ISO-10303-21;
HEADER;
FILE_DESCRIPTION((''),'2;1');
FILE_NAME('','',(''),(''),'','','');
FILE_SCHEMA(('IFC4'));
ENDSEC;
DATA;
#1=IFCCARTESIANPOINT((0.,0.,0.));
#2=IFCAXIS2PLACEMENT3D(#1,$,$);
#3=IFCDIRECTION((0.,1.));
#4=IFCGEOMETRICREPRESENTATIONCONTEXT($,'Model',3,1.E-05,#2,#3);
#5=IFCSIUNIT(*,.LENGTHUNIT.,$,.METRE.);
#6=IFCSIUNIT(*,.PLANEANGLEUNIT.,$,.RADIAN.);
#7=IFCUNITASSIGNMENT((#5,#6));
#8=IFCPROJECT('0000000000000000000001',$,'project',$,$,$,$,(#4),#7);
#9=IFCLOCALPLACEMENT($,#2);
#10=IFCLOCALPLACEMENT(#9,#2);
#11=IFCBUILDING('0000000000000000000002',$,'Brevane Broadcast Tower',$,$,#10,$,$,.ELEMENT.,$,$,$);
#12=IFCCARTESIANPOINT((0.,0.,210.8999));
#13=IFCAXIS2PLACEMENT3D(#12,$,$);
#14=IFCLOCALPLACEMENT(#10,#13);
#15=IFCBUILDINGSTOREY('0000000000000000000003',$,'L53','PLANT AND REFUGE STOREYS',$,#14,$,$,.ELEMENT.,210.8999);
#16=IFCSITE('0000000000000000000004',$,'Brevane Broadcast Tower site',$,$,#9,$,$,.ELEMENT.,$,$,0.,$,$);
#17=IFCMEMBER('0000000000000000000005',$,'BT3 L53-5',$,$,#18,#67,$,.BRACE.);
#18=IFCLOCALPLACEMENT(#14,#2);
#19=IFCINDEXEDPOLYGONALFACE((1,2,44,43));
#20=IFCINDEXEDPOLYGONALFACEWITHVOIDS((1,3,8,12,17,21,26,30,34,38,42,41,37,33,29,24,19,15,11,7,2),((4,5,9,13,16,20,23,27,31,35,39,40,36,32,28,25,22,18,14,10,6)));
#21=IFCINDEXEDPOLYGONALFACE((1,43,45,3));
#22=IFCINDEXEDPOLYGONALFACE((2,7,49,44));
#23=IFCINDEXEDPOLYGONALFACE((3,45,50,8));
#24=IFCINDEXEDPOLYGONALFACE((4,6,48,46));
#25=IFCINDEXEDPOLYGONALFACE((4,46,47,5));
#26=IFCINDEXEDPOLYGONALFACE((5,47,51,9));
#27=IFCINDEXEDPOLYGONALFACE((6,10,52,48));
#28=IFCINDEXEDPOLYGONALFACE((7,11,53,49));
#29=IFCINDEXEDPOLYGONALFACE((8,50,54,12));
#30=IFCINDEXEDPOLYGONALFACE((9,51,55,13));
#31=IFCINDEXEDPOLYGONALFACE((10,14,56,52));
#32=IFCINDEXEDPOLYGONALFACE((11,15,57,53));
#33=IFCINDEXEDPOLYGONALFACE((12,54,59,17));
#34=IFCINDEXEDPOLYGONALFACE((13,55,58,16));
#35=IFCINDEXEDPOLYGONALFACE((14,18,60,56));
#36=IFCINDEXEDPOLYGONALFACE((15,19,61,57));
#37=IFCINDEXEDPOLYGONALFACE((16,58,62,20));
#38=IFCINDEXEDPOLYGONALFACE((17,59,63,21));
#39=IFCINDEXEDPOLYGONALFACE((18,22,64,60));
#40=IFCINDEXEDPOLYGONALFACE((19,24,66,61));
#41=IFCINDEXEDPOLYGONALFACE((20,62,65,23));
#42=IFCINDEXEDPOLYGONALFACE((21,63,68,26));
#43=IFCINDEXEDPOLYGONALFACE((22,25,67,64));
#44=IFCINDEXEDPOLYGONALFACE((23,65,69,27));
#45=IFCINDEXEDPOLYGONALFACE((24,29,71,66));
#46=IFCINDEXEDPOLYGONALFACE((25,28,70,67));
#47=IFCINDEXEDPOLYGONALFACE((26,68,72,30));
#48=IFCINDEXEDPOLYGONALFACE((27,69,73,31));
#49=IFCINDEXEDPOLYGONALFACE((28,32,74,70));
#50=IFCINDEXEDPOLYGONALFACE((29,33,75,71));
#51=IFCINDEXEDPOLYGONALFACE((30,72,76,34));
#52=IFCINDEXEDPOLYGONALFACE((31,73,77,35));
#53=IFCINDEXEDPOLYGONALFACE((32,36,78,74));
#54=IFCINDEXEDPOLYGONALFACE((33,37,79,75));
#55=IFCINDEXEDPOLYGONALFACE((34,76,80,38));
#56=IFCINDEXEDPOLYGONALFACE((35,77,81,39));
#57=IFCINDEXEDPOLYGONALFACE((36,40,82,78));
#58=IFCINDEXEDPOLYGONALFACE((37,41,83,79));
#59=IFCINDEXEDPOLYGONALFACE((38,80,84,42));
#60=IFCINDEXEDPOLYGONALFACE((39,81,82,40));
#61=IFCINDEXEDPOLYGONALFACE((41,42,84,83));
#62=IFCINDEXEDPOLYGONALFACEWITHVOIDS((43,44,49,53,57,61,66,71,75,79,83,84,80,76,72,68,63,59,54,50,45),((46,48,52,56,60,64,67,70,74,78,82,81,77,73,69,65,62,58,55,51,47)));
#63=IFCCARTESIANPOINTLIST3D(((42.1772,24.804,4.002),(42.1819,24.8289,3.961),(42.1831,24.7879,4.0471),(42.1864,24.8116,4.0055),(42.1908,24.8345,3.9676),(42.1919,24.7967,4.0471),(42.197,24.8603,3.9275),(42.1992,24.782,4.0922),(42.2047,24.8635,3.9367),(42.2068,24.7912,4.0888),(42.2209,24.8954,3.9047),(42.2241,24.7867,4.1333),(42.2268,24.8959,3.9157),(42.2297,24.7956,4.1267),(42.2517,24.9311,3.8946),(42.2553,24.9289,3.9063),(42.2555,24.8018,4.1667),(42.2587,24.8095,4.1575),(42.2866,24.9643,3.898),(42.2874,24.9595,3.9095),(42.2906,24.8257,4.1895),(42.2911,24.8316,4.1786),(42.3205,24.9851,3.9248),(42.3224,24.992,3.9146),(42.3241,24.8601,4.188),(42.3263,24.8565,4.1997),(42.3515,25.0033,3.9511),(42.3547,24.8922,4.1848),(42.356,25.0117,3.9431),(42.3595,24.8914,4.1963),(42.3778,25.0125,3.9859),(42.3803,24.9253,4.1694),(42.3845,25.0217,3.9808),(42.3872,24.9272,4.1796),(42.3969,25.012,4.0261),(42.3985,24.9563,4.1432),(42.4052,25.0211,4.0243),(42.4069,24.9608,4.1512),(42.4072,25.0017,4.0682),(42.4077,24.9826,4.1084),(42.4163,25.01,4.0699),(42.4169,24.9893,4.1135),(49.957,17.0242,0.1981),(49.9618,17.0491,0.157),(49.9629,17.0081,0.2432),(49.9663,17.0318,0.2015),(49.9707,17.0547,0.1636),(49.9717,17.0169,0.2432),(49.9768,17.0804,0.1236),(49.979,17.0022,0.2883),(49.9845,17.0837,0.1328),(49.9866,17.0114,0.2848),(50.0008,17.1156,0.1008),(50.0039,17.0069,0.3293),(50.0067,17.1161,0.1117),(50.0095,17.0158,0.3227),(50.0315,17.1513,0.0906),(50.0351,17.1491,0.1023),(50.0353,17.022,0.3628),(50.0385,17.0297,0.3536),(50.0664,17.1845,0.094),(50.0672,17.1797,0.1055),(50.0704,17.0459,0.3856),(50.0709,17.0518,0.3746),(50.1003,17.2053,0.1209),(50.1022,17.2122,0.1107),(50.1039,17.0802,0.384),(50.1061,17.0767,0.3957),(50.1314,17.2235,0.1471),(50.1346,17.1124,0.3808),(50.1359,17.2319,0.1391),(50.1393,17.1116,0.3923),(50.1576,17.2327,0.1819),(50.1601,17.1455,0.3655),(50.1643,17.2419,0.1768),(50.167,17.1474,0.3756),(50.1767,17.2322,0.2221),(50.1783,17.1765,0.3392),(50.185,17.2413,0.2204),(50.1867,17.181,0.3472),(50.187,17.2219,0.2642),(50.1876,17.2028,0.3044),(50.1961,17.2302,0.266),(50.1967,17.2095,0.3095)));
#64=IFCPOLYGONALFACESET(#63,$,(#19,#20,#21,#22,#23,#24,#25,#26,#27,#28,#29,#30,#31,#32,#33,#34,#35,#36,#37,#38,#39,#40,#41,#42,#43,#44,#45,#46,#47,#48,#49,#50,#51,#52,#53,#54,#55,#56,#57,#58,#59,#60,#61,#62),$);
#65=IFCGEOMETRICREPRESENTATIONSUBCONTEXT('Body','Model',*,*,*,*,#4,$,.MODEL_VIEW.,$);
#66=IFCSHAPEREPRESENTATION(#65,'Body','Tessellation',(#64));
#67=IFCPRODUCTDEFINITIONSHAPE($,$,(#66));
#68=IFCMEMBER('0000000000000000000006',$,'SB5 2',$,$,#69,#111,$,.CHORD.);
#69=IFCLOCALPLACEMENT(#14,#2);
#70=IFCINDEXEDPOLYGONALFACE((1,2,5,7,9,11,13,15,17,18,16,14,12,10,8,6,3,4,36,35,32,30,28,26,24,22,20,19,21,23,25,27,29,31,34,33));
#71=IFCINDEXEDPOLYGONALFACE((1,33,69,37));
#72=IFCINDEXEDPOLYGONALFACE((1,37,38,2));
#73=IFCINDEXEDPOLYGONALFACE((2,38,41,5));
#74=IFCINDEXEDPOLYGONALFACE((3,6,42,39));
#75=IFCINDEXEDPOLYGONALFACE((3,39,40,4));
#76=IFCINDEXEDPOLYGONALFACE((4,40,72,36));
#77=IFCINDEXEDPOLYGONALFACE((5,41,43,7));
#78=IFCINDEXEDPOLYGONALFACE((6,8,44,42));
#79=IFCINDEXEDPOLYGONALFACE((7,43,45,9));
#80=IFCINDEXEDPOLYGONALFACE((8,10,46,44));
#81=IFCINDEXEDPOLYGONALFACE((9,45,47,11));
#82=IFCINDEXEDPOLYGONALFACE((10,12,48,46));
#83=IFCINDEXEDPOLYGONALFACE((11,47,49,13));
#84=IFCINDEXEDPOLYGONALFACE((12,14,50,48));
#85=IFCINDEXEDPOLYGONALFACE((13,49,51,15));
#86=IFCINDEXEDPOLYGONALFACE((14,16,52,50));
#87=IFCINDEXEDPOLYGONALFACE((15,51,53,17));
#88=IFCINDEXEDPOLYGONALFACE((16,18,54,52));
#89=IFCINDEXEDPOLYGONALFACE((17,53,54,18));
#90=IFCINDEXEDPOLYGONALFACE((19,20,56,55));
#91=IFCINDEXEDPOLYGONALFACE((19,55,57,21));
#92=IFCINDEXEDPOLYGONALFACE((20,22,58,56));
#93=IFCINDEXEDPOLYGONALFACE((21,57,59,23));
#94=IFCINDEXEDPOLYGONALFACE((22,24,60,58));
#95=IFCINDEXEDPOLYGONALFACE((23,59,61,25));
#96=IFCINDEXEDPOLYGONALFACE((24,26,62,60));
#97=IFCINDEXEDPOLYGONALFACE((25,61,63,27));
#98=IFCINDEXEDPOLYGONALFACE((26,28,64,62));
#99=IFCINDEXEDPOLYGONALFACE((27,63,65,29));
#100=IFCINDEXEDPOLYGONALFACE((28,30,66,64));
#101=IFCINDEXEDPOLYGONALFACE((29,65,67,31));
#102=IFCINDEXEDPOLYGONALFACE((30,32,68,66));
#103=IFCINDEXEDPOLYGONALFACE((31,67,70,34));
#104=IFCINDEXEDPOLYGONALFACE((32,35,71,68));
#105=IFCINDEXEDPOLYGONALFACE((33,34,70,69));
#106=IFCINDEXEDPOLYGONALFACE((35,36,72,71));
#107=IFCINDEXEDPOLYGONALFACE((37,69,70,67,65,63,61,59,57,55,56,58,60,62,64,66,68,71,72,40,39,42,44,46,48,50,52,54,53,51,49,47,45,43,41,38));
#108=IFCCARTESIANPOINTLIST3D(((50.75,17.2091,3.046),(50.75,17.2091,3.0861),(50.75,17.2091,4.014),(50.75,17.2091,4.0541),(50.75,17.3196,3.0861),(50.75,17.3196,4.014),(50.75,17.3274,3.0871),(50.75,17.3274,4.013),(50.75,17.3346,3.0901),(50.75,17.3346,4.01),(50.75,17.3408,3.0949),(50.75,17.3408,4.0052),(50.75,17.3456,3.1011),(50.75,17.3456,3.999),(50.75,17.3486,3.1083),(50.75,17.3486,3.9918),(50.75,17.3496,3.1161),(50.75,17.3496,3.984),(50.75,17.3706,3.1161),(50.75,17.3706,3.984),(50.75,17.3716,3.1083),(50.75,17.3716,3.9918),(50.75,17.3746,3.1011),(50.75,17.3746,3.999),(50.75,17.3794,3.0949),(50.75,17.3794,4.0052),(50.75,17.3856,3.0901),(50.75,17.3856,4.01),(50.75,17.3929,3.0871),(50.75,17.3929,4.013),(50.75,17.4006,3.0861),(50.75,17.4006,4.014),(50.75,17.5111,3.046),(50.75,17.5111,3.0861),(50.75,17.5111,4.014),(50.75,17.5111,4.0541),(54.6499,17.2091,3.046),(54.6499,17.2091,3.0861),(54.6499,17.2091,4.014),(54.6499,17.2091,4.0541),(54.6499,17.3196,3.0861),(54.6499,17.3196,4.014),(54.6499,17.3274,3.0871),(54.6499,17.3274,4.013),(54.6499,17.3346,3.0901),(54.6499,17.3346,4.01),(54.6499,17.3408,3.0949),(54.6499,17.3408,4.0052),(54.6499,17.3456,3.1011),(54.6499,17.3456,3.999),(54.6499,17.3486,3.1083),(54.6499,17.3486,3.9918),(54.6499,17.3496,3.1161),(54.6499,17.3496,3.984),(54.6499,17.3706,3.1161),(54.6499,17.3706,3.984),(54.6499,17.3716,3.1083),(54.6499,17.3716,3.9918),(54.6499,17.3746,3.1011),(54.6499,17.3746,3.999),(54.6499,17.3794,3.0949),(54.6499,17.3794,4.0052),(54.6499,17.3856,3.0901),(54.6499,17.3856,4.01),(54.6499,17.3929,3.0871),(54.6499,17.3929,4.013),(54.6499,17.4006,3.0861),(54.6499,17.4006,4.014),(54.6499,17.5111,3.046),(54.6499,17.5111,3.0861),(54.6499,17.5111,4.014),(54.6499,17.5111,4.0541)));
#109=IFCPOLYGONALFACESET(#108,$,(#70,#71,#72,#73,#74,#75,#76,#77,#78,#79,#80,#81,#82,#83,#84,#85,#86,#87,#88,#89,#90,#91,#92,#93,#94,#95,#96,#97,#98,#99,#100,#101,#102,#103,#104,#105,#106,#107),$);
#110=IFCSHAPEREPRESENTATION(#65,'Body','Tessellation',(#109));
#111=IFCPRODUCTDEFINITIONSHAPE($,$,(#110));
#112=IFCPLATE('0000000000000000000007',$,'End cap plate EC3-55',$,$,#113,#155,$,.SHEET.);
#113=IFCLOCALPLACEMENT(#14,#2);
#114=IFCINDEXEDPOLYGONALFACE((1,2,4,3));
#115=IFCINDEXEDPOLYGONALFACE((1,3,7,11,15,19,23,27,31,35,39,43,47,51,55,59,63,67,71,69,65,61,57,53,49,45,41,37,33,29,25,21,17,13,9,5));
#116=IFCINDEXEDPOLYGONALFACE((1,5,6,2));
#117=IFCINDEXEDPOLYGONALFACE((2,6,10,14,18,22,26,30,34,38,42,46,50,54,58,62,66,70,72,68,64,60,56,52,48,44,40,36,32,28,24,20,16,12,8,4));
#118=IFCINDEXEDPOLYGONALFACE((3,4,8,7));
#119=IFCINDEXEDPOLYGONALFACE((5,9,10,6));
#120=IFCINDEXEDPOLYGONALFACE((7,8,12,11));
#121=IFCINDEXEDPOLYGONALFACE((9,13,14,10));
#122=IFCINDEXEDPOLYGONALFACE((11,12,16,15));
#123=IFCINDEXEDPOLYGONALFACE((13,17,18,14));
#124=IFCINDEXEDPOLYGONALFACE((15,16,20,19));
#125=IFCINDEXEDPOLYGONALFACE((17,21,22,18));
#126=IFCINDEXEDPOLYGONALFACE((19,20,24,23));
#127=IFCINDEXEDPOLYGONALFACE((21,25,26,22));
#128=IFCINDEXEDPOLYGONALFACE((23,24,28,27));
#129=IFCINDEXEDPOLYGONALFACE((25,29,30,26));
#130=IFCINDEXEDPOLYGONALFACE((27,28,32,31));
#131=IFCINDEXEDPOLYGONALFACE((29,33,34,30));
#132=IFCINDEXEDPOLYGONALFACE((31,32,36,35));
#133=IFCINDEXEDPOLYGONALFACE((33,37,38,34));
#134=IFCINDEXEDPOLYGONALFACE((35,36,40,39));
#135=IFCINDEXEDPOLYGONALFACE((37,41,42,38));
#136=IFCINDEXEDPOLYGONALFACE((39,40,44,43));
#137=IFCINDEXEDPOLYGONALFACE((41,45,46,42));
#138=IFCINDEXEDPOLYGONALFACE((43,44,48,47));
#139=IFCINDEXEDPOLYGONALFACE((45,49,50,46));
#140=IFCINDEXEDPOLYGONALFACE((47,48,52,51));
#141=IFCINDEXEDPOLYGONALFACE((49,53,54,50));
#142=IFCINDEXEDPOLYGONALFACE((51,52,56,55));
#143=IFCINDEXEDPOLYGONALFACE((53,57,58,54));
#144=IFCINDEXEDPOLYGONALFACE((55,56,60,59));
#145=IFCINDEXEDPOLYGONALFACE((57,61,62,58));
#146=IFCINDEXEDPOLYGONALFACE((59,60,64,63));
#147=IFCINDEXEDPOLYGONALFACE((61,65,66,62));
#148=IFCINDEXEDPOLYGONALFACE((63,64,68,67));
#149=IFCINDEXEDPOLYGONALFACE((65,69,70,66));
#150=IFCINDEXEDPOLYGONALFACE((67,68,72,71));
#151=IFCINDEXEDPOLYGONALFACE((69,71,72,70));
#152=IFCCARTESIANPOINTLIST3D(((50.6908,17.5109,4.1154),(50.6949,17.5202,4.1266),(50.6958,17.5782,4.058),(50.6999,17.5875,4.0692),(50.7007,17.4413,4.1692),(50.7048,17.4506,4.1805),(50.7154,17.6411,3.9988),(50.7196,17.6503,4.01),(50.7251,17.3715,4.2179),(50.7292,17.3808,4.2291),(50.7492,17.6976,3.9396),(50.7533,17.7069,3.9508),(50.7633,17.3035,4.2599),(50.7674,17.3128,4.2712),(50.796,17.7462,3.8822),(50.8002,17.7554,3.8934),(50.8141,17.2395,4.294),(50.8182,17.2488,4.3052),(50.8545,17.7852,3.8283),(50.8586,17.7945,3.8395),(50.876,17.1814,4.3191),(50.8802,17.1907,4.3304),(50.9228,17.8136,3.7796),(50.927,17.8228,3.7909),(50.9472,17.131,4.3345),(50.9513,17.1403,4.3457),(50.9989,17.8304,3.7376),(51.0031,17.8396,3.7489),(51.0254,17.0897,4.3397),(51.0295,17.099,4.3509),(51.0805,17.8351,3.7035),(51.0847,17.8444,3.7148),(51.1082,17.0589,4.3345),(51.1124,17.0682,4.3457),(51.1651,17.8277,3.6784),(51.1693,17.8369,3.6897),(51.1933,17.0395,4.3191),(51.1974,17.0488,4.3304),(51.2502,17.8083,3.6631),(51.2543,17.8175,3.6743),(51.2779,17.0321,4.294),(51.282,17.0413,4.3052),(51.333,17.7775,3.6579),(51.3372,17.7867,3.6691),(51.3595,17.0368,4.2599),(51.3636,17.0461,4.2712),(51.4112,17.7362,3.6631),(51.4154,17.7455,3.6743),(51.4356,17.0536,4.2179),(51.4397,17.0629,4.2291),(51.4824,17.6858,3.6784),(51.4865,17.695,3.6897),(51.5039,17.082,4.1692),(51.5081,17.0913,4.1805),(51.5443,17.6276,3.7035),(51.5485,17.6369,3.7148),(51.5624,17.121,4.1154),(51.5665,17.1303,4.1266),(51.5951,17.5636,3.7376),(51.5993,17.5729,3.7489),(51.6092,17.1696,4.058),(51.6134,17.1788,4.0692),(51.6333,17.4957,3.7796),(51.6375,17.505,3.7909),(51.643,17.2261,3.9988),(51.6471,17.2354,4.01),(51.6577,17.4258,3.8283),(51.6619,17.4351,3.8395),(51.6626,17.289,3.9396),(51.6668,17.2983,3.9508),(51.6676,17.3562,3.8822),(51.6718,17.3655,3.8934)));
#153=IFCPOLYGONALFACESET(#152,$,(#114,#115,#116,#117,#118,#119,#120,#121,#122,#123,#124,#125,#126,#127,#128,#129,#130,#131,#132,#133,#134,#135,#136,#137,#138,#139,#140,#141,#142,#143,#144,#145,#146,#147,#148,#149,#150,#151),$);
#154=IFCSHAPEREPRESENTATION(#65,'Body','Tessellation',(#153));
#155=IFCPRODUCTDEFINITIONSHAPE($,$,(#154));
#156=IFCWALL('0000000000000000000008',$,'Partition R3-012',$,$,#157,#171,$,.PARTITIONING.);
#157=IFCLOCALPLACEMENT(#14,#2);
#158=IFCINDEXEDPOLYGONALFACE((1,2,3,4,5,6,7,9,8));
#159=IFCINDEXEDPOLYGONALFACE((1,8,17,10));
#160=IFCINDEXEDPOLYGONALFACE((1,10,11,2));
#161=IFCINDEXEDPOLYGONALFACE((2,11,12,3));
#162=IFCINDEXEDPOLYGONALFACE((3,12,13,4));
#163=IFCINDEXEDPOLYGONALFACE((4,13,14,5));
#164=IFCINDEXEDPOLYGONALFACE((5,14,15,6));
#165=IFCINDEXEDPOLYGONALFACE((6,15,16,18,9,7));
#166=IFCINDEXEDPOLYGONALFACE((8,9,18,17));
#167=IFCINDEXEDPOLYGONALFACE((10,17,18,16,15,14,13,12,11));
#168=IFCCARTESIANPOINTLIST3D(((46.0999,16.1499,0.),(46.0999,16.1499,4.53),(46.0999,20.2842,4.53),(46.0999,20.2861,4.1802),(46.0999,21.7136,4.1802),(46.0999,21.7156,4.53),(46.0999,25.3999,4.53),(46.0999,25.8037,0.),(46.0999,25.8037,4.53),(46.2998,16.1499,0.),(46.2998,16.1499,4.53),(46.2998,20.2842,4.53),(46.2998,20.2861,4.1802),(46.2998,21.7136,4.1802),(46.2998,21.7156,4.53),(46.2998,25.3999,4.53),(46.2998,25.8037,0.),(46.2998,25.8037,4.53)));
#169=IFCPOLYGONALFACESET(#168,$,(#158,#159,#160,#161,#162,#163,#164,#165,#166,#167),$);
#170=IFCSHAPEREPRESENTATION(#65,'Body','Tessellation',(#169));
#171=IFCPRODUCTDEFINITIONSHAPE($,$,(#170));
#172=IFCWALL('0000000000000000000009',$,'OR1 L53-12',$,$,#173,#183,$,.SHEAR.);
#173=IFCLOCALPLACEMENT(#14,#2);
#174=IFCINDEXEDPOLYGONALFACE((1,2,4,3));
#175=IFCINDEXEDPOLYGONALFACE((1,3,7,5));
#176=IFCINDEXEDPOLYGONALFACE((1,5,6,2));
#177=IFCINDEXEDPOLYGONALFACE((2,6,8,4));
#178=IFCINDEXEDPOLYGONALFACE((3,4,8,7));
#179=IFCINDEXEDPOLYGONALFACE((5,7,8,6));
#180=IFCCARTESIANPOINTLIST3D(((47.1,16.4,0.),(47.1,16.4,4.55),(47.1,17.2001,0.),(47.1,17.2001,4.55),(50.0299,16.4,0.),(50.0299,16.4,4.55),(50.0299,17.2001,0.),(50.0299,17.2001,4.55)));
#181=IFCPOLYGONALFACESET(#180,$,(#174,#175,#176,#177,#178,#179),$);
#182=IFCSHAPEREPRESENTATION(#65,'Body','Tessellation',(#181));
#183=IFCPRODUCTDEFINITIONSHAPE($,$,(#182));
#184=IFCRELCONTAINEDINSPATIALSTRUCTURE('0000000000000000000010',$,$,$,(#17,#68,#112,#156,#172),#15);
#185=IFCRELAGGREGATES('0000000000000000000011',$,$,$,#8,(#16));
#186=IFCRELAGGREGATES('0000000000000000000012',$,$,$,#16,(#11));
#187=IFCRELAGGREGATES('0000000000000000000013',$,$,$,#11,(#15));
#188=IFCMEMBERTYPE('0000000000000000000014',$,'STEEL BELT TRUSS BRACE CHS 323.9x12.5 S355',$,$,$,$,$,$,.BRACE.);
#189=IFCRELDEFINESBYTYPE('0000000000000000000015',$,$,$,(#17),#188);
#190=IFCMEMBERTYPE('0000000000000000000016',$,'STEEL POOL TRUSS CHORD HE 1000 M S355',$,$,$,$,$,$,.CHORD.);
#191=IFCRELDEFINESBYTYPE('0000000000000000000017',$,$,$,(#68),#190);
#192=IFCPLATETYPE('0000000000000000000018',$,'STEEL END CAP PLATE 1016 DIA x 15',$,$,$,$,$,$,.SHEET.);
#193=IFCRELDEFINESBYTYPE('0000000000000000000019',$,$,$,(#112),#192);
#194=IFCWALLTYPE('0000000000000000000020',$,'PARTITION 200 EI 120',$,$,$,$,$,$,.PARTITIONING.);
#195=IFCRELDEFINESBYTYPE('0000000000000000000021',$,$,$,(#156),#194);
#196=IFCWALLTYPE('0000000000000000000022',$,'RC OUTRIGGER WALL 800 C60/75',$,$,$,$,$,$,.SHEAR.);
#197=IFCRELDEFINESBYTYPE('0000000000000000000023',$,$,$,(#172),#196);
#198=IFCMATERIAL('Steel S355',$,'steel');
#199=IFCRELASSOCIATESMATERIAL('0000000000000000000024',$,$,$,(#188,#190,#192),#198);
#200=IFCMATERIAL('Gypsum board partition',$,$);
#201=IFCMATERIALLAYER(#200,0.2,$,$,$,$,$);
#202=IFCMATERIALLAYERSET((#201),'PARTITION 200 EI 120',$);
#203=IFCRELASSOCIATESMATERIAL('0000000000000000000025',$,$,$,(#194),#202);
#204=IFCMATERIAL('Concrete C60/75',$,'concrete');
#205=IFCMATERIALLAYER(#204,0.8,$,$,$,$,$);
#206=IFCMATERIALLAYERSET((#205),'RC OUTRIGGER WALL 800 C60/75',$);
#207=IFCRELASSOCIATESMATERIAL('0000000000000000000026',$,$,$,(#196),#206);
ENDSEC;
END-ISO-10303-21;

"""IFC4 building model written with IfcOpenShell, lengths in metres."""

from ifc_helpers import new_model, si_unit, direction, frame, frame_2d, origin, origin_2d, place, context, subcontext, project, spatial, polyline, rectangle, circle, hollow_circle, i_section, outline, extrude, material, layer, layer_set, material_profile, profile_set, type_object, element, save


model = new_model("IFC4")

# Units and contexts
model_context = context("Model", 3, precision=1e-05, world=origin(), true_north=direction((0.0, 1.0)))
body_context = subcontext(model_context, "Body", "Model", "MODEL_VIEW")
ifc_project = project(units=[si_unit("LENGTHUNIT", "METRE"), si_unit("PLANEANGLEUNIT", "RADIAN")], contexts=[model_context])

# Site, building, storey
site_placement = place(None, origin())
site = spatial("IfcSite", under=ifc_project, at=site_placement, Name="Brevane Broadcast Tower site", CompositionType="ELEMENT", RefElevation=0.0)
building_placement = place(site_placement, origin())
building = spatial("IfcBuilding", under=site, at=building_placement, Name="Brevane Broadcast Tower", CompositionType="ELEMENT")
storey_placement = place(building_placement, frame((0.0, 0.0, 210.8999)))
storey = spatial("IfcBuildingStorey", under=building, at=storey_placement, Name="L53", Description="PLANT AND REFUGE STOREYS", CompositionType="ELEMENT", Elevation=210.8999)

# Members
ifc_material_1 = material(Name="Steel S355", Category="steel")
ifc_material_profile_1 = material_profile(ifc_material_1, hollow_circle(Radius=0.1619, WallThickness=0.0125, at=origin_2d()), Name="CHS 323.9x12.5")
ifc_profile_set_1 = profile_set([ifc_material_profile_1], Name="Steel S355")
member_type_1 = type_object("IfcMemberType", Name="STEEL BELT TRUSS BRACE CHS 323.9x12.5 S355", PredefinedType="BRACE", material=ifc_profile_set_1)
member_1_placement = place(storey_placement, frame((50.0774, 17.1226, 0.2432), z_axis=(-0.668291, 0.668291, 0.326763), x_axis=(-0.707107, -0.707107, 0.0)))
element("IfcMember", 1, at=member_1_placement, inside=storey, type_object=member_type_1, Name="BT3 L53-5", PredefinedType="BRACE", context=body_context, shape_type="SweptSolid", body=[
    extrude(hollow_circle(Radius=0.1619, WallThickness=0.0125, at=origin_2d()), origin(), (0.0, 0.0, 1.0), 11.6414),
])
ifc_material_profile_2 = material_profile(ifc_material_1, i_section(OverallWidth=0.302, OverallDepth=1.0081, WebThickness=0.021, FlangeThickness=0.04, FilletRadius=0.03, at=origin_2d()), Name="HE 1000 M")
ifc_profile_set_2 = profile_set([ifc_material_profile_2], Name="Steel S355")
member_type_2 = type_object("IfcMemberType", Name="STEEL POOL TRUSS CHORD HE 1000 M S355", PredefinedType="CHORD", material=ifc_profile_set_2)
member_2_placement = place(storey_placement, frame((50.75, 17.3601, 3.55), z_axis=(1.0, 0.0, 0.0), x_axis=(0.0, 1.0, 0.0)))
element("IfcMember", 2, at=member_2_placement, inside=storey, type_object=member_type_2, Name="SB5 2", PredefinedType="CHORD", context=body_context, shape_type="SweptSolid", body=[
    extrude(i_section(OverallWidth=0.302, OverallDepth=1.0081, WebThickness=0.021, FlangeThickness=0.04, FilletRadius=0.03, at=origin_2d()), origin(), (0.0, 0.0, 1.0), 3.8999),
])

# Plate
ifc_material_profile_3 = material_profile(ifc_material_1, circle(Radius=0.5081, at=origin_2d()), Name="PL 1016 DIA x 15")
ifc_profile_set_3 = profile_set([ifc_material_profile_3], Name="Steel S355")
plate_type = type_object("IfcPlateType", Name="STEEL END CAP PLATE 1016 DIA x 15", PredefinedType="SHEET", material=ifc_profile_set_3)
plate_placement = place(storey_placement, frame((51.1792, 17.4336, 3.9988), z_axis=(0.274015, 0.612505, 0.741453), x_axis=(-0.912818, 0.408366, 0.0)))
element("IfcPlate", 3, at=plate_placement, inside=storey, type_object=plate_type, Name="End cap plate EC3-55", PredefinedType="SHEET", context=body_context, shape_type="SweptSolid", body=[
    extrude(circle(Radius=0.5081, at=origin_2d()), origin(), (0.0, 0.0, 1.0), 0.0151),
])

# Walls
ifc_material_2 = material(Name="Gypsum board partition")
ifc_layer_1 = layer(ifc_material_2, 0.2)
ifc_layer_set_1 = layer_set([ifc_layer_1], Name="PARTITION 200 EI 120")
wall_type_1 = type_object("IfcWallType", Name="PARTITION 200 EI 120", PredefinedType="PARTITIONING", material=ifc_layer_set_1)
wall_1_placement = place(storey_placement, frame((46.2, 16.1499, 0.0), z_axis=(0.0, 0.0, 1.0), x_axis=(0.0, 1.0, 0.0)))
element("IfcWall", 4, at=wall_1_placement, inside=storey, type_object=wall_type_1, Name="Partition R3-012", PredefinedType="PARTITIONING", context=body_context, shape_type="SweptSolid", body=[
    extrude(outline(polyline([(0.0, 0.0), (9.6538, 0.0), (9.6538, 4.53), (9.25, 4.53), (5.5657, 4.53), (5.5637, 4.1802), (4.1362, 4.1802), (4.1343, 4.53), (0.0, 4.53), (0.0, 0.0)])), frame((0.0, 0.1001, 0.0), z_axis=(0.0, -1.0, 0.0), x_axis=(1.0, 0.0, 0.0)), (0.0, 0.0, 1.0), 0.2),
])
ifc_material_3 = material(Name="Concrete C60/75", Category="concrete")
ifc_layer_2 = layer(ifc_material_3, 0.8)
ifc_layer_set_2 = layer_set([ifc_layer_2], Name="RC OUTRIGGER WALL 800 C60/75")
wall_type_2 = type_object("IfcWallType", Name="RC OUTRIGGER WALL 800 C60/75", PredefinedType="SHEAR", material=ifc_layer_set_2)
wall_2_placement = place(storey_placement, frame((47.1001, 16.8, 0.0), z_axis=(0.0, 0.0, 1.0), x_axis=(1.0, 0.0, 0.0)))
element("IfcWall", 5, at=wall_2_placement, inside=storey, type_object=wall_type_2, Name="OR1 L53-12", PredefinedType="SHEAR", context=body_context, shape_type="SweptSolid", body=[
    extrude(rectangle(XDim=2.9299, YDim=0.8, at=frame_2d((1.4648, 0.0))), origin(), (0.0, 0.0, 1.0), 4.55),
])

save(model, "model.ifc")
